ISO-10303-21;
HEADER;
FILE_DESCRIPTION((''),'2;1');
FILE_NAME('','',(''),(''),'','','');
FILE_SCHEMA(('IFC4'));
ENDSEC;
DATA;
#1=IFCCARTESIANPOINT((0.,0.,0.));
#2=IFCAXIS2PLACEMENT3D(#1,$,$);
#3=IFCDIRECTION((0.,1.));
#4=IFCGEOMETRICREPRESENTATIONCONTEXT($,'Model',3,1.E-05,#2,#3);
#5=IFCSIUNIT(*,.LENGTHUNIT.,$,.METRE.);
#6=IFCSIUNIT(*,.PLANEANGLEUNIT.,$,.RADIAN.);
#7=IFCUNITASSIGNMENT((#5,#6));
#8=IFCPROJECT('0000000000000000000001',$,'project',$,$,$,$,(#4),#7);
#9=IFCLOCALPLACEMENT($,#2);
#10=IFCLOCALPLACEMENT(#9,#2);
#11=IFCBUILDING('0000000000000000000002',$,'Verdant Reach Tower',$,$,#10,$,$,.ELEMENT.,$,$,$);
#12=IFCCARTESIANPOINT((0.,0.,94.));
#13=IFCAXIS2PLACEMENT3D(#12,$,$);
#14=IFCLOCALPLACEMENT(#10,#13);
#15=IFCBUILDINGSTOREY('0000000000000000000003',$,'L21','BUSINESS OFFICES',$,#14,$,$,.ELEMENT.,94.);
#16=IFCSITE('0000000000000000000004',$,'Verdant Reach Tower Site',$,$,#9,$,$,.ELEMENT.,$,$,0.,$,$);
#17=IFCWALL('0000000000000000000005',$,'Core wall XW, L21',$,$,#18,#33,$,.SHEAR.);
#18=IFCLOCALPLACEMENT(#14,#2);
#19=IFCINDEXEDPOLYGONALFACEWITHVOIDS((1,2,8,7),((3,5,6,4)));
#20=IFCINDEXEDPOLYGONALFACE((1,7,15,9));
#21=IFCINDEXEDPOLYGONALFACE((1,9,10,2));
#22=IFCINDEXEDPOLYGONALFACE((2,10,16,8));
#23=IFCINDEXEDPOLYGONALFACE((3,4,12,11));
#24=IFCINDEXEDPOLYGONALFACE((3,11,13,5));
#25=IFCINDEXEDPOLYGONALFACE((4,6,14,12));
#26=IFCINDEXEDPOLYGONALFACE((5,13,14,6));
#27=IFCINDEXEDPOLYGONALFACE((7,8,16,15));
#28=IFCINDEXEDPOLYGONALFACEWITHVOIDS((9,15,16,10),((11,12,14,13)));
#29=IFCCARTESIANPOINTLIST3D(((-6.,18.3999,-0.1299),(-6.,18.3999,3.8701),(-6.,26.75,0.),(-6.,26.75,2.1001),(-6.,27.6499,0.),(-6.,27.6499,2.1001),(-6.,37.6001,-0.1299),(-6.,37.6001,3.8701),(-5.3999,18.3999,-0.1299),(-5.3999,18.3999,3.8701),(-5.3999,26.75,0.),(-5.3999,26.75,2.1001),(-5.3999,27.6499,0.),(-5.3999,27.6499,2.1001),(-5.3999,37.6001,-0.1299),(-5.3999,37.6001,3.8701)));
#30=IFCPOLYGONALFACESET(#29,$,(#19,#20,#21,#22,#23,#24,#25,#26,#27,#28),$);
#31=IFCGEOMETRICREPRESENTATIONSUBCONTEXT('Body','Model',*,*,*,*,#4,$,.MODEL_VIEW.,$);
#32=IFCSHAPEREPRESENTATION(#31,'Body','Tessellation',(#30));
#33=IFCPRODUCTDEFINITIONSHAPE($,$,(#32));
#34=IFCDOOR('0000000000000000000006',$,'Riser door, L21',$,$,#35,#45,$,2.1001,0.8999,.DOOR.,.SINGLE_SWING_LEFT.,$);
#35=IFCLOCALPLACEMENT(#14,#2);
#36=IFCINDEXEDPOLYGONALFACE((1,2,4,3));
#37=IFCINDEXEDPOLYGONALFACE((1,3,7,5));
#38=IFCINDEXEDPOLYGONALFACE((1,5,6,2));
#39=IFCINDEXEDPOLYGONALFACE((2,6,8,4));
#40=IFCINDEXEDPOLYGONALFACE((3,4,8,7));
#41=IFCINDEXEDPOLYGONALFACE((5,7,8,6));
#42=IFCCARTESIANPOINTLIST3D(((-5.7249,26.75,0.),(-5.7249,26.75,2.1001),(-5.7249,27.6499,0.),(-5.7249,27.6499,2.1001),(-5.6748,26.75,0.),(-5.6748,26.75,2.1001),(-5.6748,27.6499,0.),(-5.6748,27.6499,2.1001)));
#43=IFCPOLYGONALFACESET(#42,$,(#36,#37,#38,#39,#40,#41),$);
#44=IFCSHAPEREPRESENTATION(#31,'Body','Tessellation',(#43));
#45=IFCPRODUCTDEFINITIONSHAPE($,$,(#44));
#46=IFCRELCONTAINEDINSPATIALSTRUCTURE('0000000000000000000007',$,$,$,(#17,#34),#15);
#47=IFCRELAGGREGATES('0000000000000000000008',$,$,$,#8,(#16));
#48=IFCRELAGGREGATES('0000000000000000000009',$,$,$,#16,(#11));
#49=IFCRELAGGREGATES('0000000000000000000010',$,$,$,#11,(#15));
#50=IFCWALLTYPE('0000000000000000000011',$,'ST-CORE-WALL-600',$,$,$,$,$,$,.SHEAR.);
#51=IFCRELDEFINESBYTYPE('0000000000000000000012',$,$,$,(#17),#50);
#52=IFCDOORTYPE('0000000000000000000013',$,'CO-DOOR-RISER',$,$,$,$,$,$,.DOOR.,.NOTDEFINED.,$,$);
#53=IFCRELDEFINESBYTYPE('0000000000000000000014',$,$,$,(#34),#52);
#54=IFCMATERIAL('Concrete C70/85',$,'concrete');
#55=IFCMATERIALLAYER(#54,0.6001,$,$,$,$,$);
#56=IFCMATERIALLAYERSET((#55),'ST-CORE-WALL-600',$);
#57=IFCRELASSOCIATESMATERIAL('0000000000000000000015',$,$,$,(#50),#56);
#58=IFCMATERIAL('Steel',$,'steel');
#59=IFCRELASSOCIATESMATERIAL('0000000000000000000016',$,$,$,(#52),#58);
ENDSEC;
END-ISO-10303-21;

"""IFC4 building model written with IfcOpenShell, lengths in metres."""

from ifc_helpers import new_model, si_unit, direction, frame, frame_2d, origin, place, context, subcontext, project, spatial, rectangle, extrude, material, layer, layer_set, type_object, element, fill, save


model = new_model("IFC4")

# Units and contexts
model_context = context("Model", 3, precision=1e-05, world=origin(), true_north=direction((0.0, 1.0)))
body_context = subcontext(model_context, "Body", "Model", "MODEL_VIEW")
ifc_project = project(units=[si_unit("LENGTHUNIT", "METRE"), si_unit("PLANEANGLEUNIT", "RADIAN")], contexts=[model_context])

# Site, building, storey
site_placement = place(None, origin())
site = spatial("IfcSite", under=ifc_project, at=site_placement, Name="Verdant Reach Tower Site", CompositionType="ELEMENT", RefElevation=0.0)
building_placement = place(site_placement, origin())
building = spatial("IfcBuilding", under=site, at=building_placement, Name="Verdant Reach Tower", CompositionType="ELEMENT")
storey_placement = place(building_placement, frame((0.0, 0.0, 94.0)))
storey = spatial("IfcBuildingStorey", under=building, at=storey_placement, Name="L21", Description="BUSINESS OFFICES", CompositionType="ELEMENT", Elevation=94.0)

# Shared definitions
ifc_material_1 = material(Name="Concrete C70/85", Category="concrete")

# Shared definitions
ifc_material_2 = material(Name="Steel", Category="steel")

# Wall, opening, door
ifc_layer_1 = layer(ifc_material_1, 0.6001)
ifc_layer_set_1 = layer_set([ifc_layer_1], Name="ST-CORE-WALL-600")
wall_type_1 = type_object("IfcWallType", Name="ST-CORE-WALL-600", PredefinedType="SHEAR", material=ifc_layer_set_1)
wall_1_placement = place(storey_placement, frame((-5.7, 18.3999, -0.1299), z_axis=(0.0, 0.0, 1.0), x_axis=(0.0, 1.0, 0.0)))
wall_1 = element("IfcWall", 1, at=wall_1_placement, inside=storey, type_object=wall_type_1, Name="Core wall XW, L21", PredefinedType="SHEAR", context=body_context, shape_type="SweptSolid", body=[
    extrude(rectangle(XDim=19.2002, YDim=0.6001, at=frame_2d((9.6001, 0.0))), origin(), (0.0, 0.0, 1.0), 4.0),
])
opening_1_placement = place(wall_1_placement, frame((8.3501, 0.0, 0.1299)))
opening_1 = element("IfcOpeningElement", 2, at=opening_1_placement, cuts=wall_1, PredefinedType="OPENING", context=body_context, shape_type="SweptSolid", body=[
    extrude(rectangle(XDim=0.8999, YDim=2.1001, at=frame_2d((0.45, 1.05))), frame((0.0, 0.3101, 0.0), z_axis=(0.0, -1.0, 0.0), x_axis=(1.0, 0.0, 0.0)), (0.0, 0.0, 1.0), 0.6201),
])
door_type_1 = type_object("IfcDoorType", Name="CO-DOOR-RISER", OperationType="NOTDEFINED", PredefinedType="DOOR", material=ifc_material_2)
door_1_placement = place(opening_1_placement, origin())
door_1 = element("IfcDoor", 3, at=door_1_placement, inside=storey, type_object=door_type_1, Name="Riser door, L21", OperationType="SINGLE_SWING_LEFT", OverallHeight=2.1001, OverallWidth=0.8999, PredefinedType="DOOR", context=body_context, shape_type="SweptSolid", body=[
    extrude(rectangle(XDim=0.8999, YDim=2.1001, at=frame_2d((0.45, 1.05))), frame((0.0, 0.0249, 0.0), z_axis=(0.0, -1.0, 0.0), x_axis=(1.0, 0.0, 0.0)), (0.0, 0.0, 1.0), 0.05),
])
fill(opening_1, door_1)

save(model, "model.ifc")
